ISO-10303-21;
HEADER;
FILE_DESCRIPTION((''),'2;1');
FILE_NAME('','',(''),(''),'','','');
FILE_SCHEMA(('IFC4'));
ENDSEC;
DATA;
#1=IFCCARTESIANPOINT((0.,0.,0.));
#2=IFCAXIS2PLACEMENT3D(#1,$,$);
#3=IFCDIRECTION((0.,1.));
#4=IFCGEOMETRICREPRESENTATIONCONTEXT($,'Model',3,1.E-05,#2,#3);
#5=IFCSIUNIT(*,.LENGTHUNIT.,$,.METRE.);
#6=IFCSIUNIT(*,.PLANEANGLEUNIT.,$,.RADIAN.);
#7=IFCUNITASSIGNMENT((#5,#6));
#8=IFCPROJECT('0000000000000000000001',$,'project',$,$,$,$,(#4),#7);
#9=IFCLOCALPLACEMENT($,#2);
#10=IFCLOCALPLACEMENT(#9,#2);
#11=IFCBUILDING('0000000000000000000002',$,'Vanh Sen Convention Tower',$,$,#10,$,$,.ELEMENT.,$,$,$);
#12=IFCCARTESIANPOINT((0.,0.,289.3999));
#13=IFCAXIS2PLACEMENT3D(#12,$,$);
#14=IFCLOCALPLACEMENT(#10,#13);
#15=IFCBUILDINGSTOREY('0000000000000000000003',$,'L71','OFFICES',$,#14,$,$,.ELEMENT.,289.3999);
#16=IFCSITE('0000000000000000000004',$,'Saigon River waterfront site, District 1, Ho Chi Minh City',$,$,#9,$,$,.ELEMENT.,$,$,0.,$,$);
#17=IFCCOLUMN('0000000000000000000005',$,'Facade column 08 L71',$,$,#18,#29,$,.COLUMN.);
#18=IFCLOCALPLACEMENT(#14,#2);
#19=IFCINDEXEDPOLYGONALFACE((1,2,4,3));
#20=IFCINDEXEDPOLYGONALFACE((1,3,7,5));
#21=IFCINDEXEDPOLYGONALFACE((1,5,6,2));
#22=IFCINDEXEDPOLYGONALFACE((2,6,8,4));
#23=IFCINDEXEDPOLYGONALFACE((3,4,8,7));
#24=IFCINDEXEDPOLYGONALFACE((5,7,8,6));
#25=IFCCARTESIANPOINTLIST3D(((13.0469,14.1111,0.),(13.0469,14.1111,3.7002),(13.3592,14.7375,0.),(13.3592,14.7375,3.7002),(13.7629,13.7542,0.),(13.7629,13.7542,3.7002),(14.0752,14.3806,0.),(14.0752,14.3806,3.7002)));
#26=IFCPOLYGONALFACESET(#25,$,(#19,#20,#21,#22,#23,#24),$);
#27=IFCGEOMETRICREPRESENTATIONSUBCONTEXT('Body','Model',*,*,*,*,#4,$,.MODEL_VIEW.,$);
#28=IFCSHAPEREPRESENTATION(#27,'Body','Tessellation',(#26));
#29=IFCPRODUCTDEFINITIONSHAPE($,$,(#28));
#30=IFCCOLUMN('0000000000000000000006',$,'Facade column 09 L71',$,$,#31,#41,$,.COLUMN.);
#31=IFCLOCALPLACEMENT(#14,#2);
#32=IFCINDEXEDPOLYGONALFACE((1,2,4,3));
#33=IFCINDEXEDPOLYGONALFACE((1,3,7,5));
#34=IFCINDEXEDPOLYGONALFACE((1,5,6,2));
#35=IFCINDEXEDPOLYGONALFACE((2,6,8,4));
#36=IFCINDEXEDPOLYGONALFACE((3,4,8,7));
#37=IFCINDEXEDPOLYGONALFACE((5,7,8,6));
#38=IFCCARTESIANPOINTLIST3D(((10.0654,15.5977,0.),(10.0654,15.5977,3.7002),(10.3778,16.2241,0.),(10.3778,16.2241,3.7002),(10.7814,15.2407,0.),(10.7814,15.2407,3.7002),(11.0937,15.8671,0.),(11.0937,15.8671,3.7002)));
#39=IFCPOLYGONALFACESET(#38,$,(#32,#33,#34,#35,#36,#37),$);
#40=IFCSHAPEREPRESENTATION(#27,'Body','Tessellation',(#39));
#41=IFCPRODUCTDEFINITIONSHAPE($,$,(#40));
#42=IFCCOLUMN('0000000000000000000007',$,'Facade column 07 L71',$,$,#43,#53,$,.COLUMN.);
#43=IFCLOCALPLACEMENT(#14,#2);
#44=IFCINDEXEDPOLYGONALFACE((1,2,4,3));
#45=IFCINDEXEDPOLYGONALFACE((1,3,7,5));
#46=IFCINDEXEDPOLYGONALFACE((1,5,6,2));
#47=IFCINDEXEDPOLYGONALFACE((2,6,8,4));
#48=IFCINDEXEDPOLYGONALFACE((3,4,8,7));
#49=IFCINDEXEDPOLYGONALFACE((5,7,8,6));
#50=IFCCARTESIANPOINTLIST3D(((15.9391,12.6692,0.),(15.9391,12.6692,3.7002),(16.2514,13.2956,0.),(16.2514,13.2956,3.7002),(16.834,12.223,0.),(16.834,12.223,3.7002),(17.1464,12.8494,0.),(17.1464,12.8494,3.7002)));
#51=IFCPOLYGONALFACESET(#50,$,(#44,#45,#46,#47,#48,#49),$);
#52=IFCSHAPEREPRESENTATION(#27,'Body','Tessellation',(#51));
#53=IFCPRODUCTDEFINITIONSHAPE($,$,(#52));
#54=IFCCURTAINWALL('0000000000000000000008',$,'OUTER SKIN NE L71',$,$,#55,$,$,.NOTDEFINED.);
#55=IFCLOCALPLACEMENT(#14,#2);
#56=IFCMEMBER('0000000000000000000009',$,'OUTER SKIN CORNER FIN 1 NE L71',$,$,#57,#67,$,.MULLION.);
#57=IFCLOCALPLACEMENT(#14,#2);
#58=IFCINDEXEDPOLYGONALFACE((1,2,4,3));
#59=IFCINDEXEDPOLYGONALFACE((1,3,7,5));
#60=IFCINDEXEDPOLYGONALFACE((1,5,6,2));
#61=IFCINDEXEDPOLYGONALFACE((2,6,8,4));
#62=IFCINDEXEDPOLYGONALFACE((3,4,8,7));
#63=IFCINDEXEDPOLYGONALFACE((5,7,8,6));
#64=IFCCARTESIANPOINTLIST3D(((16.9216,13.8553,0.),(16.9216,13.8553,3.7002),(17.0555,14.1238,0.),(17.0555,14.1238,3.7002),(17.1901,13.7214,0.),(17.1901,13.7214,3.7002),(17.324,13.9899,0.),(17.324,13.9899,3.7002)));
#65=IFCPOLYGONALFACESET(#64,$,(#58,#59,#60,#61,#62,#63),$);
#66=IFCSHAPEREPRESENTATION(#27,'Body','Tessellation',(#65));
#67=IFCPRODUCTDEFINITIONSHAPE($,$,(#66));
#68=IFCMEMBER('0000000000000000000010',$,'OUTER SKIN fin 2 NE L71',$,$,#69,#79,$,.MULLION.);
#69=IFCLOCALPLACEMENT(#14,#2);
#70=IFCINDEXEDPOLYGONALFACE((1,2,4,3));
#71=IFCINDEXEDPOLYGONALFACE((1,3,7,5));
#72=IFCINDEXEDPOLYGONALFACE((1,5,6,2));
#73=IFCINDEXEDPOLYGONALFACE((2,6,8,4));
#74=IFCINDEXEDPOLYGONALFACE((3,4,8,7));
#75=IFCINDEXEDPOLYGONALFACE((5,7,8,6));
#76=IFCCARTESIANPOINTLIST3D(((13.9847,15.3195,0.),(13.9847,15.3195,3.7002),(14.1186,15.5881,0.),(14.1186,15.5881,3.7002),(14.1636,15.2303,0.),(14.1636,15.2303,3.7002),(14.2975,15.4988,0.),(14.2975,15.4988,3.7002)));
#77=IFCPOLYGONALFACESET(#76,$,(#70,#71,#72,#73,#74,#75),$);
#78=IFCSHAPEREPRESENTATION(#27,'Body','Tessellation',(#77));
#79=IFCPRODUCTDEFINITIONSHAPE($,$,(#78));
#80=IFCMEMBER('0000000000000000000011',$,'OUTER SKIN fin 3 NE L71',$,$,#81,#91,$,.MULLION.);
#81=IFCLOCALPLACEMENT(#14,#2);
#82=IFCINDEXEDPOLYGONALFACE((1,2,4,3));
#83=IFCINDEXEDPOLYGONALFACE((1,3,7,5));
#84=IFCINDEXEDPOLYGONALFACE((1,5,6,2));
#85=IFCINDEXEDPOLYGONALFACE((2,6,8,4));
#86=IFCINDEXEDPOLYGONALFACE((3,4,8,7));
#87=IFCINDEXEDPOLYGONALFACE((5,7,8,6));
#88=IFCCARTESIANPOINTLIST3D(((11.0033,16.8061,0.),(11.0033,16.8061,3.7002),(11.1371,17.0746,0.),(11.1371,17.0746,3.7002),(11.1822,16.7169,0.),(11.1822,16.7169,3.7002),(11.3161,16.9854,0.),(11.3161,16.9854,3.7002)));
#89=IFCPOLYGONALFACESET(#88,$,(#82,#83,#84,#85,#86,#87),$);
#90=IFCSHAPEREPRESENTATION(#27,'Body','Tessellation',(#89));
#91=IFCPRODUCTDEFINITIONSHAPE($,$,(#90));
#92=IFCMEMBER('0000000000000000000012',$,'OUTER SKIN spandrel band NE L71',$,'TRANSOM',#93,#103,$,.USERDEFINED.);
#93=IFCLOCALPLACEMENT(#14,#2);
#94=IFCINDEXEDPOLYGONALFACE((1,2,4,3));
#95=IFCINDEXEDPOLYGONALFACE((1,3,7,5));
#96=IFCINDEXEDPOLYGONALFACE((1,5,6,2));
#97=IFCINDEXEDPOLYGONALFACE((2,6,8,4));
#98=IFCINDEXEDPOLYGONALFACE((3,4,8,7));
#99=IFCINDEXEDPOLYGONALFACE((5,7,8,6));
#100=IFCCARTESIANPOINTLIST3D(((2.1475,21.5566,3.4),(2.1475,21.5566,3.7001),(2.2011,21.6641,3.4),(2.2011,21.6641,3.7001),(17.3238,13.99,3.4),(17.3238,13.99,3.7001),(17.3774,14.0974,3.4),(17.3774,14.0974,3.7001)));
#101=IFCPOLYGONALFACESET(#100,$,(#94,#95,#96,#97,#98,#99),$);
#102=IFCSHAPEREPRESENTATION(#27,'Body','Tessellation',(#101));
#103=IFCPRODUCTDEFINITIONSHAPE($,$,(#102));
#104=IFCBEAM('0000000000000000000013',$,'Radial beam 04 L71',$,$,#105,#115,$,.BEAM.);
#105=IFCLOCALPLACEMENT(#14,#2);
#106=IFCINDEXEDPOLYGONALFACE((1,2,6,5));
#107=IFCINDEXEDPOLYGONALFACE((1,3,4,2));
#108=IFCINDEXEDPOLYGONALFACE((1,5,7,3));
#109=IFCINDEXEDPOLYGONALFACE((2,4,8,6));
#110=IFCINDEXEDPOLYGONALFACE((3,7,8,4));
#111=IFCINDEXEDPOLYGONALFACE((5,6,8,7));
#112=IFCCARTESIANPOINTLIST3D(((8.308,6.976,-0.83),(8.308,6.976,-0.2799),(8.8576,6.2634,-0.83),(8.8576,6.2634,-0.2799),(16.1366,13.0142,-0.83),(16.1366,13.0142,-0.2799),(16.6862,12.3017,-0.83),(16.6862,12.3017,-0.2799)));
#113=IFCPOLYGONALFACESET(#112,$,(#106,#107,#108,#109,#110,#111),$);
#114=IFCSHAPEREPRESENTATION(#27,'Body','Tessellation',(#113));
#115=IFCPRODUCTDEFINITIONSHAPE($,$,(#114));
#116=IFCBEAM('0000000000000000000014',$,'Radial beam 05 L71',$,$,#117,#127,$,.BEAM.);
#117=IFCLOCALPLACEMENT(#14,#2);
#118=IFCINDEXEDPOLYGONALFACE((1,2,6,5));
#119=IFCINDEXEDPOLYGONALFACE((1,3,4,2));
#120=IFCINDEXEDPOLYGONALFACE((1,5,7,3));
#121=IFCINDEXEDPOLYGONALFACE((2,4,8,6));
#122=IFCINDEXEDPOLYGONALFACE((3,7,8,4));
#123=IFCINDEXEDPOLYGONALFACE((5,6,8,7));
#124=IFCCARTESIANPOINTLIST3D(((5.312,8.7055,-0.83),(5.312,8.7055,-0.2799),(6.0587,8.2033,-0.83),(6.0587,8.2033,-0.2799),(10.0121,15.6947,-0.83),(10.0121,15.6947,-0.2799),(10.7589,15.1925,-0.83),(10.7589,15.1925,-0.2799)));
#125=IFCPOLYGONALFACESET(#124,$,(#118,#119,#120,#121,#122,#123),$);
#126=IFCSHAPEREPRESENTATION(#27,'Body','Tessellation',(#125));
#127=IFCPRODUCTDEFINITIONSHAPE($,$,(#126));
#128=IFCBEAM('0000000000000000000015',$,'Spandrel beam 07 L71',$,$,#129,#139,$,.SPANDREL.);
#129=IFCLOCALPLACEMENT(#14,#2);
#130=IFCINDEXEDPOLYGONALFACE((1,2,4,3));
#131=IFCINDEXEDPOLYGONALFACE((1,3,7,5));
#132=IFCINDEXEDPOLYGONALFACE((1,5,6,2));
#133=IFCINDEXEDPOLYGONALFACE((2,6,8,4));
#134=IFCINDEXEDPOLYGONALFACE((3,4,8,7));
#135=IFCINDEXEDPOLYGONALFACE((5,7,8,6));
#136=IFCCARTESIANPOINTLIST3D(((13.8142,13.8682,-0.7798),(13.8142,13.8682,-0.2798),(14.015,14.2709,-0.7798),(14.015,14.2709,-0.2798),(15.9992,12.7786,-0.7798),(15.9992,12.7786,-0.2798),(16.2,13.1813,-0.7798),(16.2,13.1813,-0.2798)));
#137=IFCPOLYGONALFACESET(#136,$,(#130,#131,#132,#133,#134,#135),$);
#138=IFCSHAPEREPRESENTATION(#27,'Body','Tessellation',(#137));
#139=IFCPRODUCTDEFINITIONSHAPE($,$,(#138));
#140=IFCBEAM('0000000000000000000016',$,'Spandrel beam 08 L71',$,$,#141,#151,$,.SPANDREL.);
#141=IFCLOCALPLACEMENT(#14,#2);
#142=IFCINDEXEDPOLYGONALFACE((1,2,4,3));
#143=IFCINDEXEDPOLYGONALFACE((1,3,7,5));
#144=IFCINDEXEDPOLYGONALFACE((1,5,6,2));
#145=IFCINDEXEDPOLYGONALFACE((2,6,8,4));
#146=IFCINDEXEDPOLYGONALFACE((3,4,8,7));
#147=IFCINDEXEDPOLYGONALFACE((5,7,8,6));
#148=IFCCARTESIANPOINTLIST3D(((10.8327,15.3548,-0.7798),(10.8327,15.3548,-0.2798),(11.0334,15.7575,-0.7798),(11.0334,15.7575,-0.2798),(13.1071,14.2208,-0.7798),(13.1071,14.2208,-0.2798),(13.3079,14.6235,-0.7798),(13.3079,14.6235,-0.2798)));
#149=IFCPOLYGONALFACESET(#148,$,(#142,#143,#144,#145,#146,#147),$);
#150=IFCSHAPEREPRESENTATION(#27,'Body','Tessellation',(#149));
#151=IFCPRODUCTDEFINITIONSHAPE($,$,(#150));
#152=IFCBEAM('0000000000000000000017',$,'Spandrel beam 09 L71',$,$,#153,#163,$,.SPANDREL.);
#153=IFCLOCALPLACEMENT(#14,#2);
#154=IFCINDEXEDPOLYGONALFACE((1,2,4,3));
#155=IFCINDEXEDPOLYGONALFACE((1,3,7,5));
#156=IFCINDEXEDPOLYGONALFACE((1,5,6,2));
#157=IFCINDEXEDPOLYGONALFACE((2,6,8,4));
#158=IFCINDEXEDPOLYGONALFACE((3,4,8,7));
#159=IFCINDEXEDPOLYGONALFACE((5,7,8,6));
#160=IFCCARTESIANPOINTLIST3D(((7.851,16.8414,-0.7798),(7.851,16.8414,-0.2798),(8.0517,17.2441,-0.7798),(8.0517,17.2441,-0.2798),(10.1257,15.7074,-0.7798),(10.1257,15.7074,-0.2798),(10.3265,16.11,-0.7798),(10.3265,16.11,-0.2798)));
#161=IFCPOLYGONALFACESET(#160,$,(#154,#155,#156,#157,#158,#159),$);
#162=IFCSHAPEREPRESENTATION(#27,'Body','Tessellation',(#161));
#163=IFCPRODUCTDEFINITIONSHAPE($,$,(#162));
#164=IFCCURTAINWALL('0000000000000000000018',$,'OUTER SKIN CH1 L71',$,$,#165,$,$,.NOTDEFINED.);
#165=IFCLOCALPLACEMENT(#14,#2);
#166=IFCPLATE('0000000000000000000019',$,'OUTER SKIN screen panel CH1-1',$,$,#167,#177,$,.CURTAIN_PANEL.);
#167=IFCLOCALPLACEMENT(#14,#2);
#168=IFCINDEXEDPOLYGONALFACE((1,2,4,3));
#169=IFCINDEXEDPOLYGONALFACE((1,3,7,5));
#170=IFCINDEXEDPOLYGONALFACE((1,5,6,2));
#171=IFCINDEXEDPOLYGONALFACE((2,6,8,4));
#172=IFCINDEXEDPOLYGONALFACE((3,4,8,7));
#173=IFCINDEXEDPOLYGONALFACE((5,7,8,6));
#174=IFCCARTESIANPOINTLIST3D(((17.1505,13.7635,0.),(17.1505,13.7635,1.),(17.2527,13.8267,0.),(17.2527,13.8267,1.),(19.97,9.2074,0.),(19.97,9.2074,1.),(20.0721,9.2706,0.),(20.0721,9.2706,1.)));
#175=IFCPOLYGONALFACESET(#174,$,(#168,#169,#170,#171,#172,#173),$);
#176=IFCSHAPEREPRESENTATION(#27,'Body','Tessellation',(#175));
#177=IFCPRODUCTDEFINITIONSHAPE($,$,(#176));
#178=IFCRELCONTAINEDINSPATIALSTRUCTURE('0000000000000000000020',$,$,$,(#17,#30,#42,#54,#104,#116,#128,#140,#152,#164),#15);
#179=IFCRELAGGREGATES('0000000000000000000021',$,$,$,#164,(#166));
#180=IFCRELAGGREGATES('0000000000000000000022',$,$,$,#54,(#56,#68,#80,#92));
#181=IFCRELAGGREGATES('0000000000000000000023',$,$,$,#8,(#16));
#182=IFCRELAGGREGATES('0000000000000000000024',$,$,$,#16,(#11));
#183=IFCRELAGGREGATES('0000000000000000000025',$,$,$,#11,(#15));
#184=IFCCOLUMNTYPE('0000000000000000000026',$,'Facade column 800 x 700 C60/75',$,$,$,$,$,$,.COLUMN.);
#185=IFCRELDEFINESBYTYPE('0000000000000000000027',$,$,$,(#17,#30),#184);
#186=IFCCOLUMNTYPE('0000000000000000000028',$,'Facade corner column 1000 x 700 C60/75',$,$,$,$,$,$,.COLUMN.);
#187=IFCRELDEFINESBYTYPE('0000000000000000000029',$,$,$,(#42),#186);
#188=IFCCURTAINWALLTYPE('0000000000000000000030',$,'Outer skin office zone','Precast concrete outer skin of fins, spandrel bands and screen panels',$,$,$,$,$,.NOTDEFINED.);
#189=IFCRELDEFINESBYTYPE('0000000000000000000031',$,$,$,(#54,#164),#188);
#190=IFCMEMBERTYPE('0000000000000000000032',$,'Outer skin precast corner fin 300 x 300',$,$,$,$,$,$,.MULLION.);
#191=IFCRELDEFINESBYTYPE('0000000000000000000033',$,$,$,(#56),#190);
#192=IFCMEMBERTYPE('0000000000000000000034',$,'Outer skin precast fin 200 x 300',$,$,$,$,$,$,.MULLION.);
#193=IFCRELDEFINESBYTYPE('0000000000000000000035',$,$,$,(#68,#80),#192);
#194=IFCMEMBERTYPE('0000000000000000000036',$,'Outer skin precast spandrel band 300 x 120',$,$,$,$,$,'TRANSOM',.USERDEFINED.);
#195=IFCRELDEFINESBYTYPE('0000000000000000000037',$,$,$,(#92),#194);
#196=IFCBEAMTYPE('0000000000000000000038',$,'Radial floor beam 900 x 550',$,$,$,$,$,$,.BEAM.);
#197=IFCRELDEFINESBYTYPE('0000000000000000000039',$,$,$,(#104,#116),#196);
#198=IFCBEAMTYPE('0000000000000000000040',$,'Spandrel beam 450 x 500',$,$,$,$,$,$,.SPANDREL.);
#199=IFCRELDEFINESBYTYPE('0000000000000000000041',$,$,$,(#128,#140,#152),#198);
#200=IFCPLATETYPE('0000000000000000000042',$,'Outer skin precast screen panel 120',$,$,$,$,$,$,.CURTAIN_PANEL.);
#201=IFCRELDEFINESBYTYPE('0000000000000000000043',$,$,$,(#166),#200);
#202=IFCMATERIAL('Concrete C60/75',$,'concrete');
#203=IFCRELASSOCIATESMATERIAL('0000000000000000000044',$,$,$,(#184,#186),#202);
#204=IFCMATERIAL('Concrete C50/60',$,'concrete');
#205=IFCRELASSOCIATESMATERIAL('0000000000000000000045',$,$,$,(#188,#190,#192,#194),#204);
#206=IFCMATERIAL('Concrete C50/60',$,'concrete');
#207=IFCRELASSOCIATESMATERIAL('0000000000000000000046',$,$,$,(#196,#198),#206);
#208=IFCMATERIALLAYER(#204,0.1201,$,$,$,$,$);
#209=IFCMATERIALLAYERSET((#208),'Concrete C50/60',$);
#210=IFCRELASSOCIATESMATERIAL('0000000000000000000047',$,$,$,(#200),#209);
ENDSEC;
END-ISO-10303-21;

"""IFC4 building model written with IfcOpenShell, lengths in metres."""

from ifc_helpers import new_model, si_unit, direction, frame, origin, origin_2d, place, context, subcontext, project, spatial, rectangle, extrude, material, layer, layer_set, material_profile, profile_set, type_object, element, aggregate, save


model = new_model("IFC4")

# Units and contexts
model_context = context("Model", 3, precision=1e-05, world=origin(), true_north=direction((0.0, 1.0)))
body_context = subcontext(model_context, "Body", "Model", "MODEL_VIEW")
ifc_project = project(units=[si_unit("LENGTHUNIT", "METRE"), si_unit("PLANEANGLEUNIT", "RADIAN")], contexts=[model_context])

# Site, building, storey
site_placement = place(None, origin())
site = spatial("IfcSite", under=ifc_project, at=site_placement, Name="Saigon River waterfront site, District 1, Ho Chi Minh City", CompositionType="ELEMENT", RefElevation=0.0)
building_placement = place(site_placement, origin())
building = spatial("IfcBuilding", under=site, at=building_placement, Name="Vanh Sen Convention Tower", CompositionType="ELEMENT")
storey_placement = place(building_placement, frame((0.0, 0.0, 289.3999)))
storey = spatial("IfcBuildingStorey", under=building, at=storey_placement, Name="L71", Description="OFFICES", CompositionType="ELEMENT", Elevation=289.3999)

# Columns
ifc_material_1 = material(Name="Concrete C60/75", Category="concrete")
ifc_material_profile_1 = material_profile(ifc_material_1, rectangle(XDim=0.8, YDim=0.7, at=origin_2d()), Name="RC 800X700")
ifc_profile_set_1 = profile_set([ifc_material_profile_1], Name="Concrete C60/75")
column_type_1 = type_object("IfcColumnType", Name="Facade column 800 x 700 C60/75", PredefinedType="COLUMN", material=ifc_profile_set_1)
for number, where, z_axis, x_axis, name in (
    (1, (13.561, 14.2458, 0.0), (0.0, 0.0, 1.0), (-0.894934, 0.446198, 0.0), "Facade column 08 L71"),
    (2, (10.5796, 15.7324, 0.0), (0.0, 0.0, 1.0), (-0.894934, 0.446198, 0.0), "Facade column 09 L71"),
):
    element("IfcColumn", number, at=place(storey_placement, frame(where, z_axis=z_axis, x_axis=x_axis)), inside=storey, type_object=column_type_1, Name=name, PredefinedType="COLUMN", context=body_context, shape_type="SweptSolid", body=[
        extrude(rectangle(XDim=0.8, YDim=0.7, at=origin_2d()), origin(), (0.0, 0.0, 1.0), 3.7002),
    ])
ifc_material_profile_2 = material_profile(ifc_material_1, rectangle(XDim=1.0, YDim=0.7, at=origin_2d()), Name="RC 1000X700")
ifc_profile_set_2 = profile_set([ifc_material_profile_2], Name="Concrete C60/75")
column_type_2 = type_object("IfcColumnType", Name="Facade corner column 1000 x 700 C60/75", PredefinedType="COLUMN", material=ifc_profile_set_2)
column_placement = place(storey_placement, frame((16.5427, 12.7593, 0.0), z_axis=(0.0, 0.0, 1.0), x_axis=(-0.894934, 0.446198, 0.0)))
element("IfcColumn", 3, at=column_placement, inside=storey, type_object=column_type_2, Name="Facade column 07 L71", PredefinedType="COLUMN", context=body_context, shape_type="SweptSolid", body=[
    extrude(rectangle(XDim=1.0, YDim=0.7, at=origin_2d()), origin(), (0.0, 0.0, 1.0), 3.7002),
])

# Curtain wall, members
ifc_material_2 = material(Name="Concrete C50/60", Category="concrete")
curtain_wall_type = type_object("IfcCurtainWallType", Name="Outer skin office zone", Description="Precast concrete outer skin of fins, spandrel bands and screen panels", PredefinedType="NOTDEFINED", material=ifc_material_2)
curtain_wall_1_placement = place(storey_placement, origin())
curtain_wall_1 = element("IfcCurtainWall", 4, at=curtain_wall_1_placement, inside=storey, type_object=curtain_wall_type, Name="OUTER SKIN NE L71", PredefinedType="NOTDEFINED")
ifc_material_profile_3 = material_profile(ifc_material_2, rectangle(XDim=0.3, YDim=0.3, at=origin_2d()), Name="Outer skin precast corner fin 300 x 300")
ifc_profile_set_3 = profile_set([ifc_material_profile_3], Name="Concrete C50/60")
member_type_1 = type_object("IfcMemberType", Name="Outer skin precast corner fin 300 x 300", PredefinedType="MULLION", material=ifc_profile_set_3)
member_1_placement = place(storey_placement, frame((17.1228, 13.9226, 0.0), z_axis=(0.0, 0.0, 1.0), x_axis=(-0.894934, 0.446198, 0.0)))
member_1 = element("IfcMember", 5, at=member_1_placement, type_object=member_type_1, Name="OUTER SKIN CORNER FIN 1 NE L71", PredefinedType="MULLION", context=body_context, shape_type="SweptSolid", body=[
    extrude(rectangle(XDim=0.3, YDim=0.3, at=origin_2d()), origin(), (0.0, 0.0, 1.0), 3.7002),
])
ifc_material_profile_4 = material_profile(ifc_material_2, rectangle(XDim=0.2, YDim=0.3, at=origin_2d()), Name="Outer skin precast fin 200 x 300")
ifc_profile_set_4 = profile_set([ifc_material_profile_4], Name="Concrete C50/60")
member_type_2 = type_object("IfcMemberType", Name="Outer skin precast fin 200 x 300", PredefinedType="MULLION", material=ifc_profile_set_4)
member_2_placement = place(storey_placement, frame((14.1411, 15.4092, 0.0), z_axis=(0.0, 0.0, 1.0), x_axis=(-0.894934, 0.446198, 0.0)))
member_2 = element("IfcMember", 6, at=member_2_placement, type_object=member_type_2, Name="OUTER SKIN fin 2 NE L71", PredefinedType="MULLION", context=body_context, shape_type="SweptSolid", body=[
    extrude(rectangle(XDim=0.2, YDim=0.3, at=origin_2d()), origin(), (0.0, 0.0, 1.0), 3.7002),
])
member_3_placement = place(storey_placement, frame((11.1597, 16.8958, 0.0), z_axis=(0.0, 0.0, 1.0), x_axis=(-0.894934, 0.446198, 0.0)))
member_3 = element("IfcMember", 7, at=member_3_placement, type_object=member_type_2, Name="OUTER SKIN fin 3 NE L71", PredefinedType="MULLION", context=body_context, shape_type="SweptSolid", body=[
    extrude(rectangle(XDim=0.2, YDim=0.3, at=origin_2d()), origin(), (0.0, 0.0, 1.0), 3.7002),
])
ifc_material_profile_5 = material_profile(ifc_material_2, rectangle(XDim=0.1201, YDim=0.3, at=origin_2d()), Name="Outer skin precast spandrel band 300 x 120")
ifc_profile_set_5 = profile_set([ifc_material_profile_5], Name="Concrete C50/60")
member_type_3 = type_object("IfcMemberType", Name="Outer skin precast spandrel band 300 x 120", ElementType="TRANSOM", PredefinedType="USERDEFINED", material=ifc_profile_set_5)
member_4_placement = place(storey_placement, frame((17.3506, 14.0437, 3.55), z_axis=(-0.894933, 0.4462, 0.0), x_axis=(-0.4462, -0.894933, 0.0)))
member_4 = element("IfcMember", 8, at=member_4_placement, type_object=member_type_3, Name="OUTER SKIN spandrel band NE L71", ObjectType="TRANSOM", PredefinedType="USERDEFINED", context=body_context, shape_type="SweptSolid", body=[
    extrude(rectangle(XDim=0.1201, YDim=0.3, at=origin_2d()), origin(), (0.0, 0.0, 1.0), 16.958),
])

# Beams
ifc_material_3 = material(Name="Concrete C50/60", Category="concrete")
ifc_material_profile_6 = material_profile(ifc_material_3, rectangle(XDim=0.8999, YDim=0.55, at=origin_2d()), Name="RC 900X550")
ifc_profile_set_6 = profile_set([ifc_material_profile_6], Name="Concrete C50/60")
beam_type_1 = type_object("IfcBeamType", Name="Radial floor beam 900 x 550", PredefinedType="BEAM", material=ifc_profile_set_6)
beam_1_placement = place(storey_placement, frame((16.4114, 12.658, -0.5549), z_axis=(-0.791826, -0.610747, 0.0), x_axis=(0.610747, -0.791826, 0.0)))
element("IfcBeam", 9, at=beam_1_placement, inside=storey, type_object=beam_type_1, Name="Radial beam 04 L71", PredefinedType="BEAM", context=body_context, shape_type="SweptSolid", body=[
    extrude(rectangle(XDim=0.8999, YDim=0.55, at=origin_2d()), origin(), (0.0, 0.0, 1.0), 9.8867),
])
beam_2_placement = place(storey_placement, frame((10.3855, 15.4436, -0.5549), z_axis=(-0.55804, -0.829814, 0.0), x_axis=(0.829814, -0.55804, 0.0)))
element("IfcBeam", 10, at=beam_2_placement, inside=storey, type_object=beam_type_1, Name="Radial beam 05 L71", PredefinedType="BEAM", context=body_context, shape_type="SweptSolid", body=[
    extrude(rectangle(XDim=0.8999, YDim=0.55, at=origin_2d()), origin(), (0.0, 0.0, 1.0), 8.4226),
])
ifc_material_profile_7 = material_profile(ifc_material_3, rectangle(XDim=0.45, YDim=0.5, at=origin_2d()), Name="RC 450X500")
ifc_profile_set_7 = profile_set([ifc_material_profile_7], Name="Concrete C50/60")
beam_type_2 = type_object("IfcBeamType", Name="Spandrel beam 450 x 500", PredefinedType="SPANDREL", material=ifc_profile_set_7)
beam_3_placement = place(storey_placement, frame((16.0996, 12.98, -0.5298), z_axis=(-0.894907, 0.446253, 0.0), x_axis=(-0.446253, -0.894907, 0.0)))
element("IfcBeam", 11, at=beam_3_placement, inside=storey, type_object=beam_type_2, Name="Spandrel beam 07 L71", PredefinedType="SPANDREL", context=body_context, shape_type="SweptSolid", body=[
    extrude(rectangle(XDim=0.45, YDim=0.5, at=origin_2d()), origin(), (0.0, 0.0, 1.0), 2.4417),
])
beam_4_placement = place(storey_placement, frame((13.2075, 14.4221, -0.5298), z_axis=(-0.894926, 0.446214, 0.0), x_axis=(-0.446214, -0.894926, 0.0)))
element("IfcBeam", 12, at=beam_4_placement, inside=storey, type_object=beam_type_2, Name="Spandrel beam 08 L71", PredefinedType="SPANDREL", context=body_context, shape_type="SweptSolid", body=[
    extrude(rectangle(XDim=0.45, YDim=0.5, at=origin_2d()), origin(), (0.0, 0.0, 1.0), 2.5415),
])
beam_5_placement = place(storey_placement, frame((10.2261, 15.9087, -0.5298), z_axis=(-0.894945, 0.446176, 0.0), x_axis=(-0.446176, -0.894945, 0.0)))
element("IfcBeam", 13, at=beam_5_placement, inside=storey, type_object=beam_type_2, Name="Spandrel beam 09 L71", PredefinedType="SPANDREL", context=body_context, shape_type="SweptSolid", body=[
    extrude(rectangle(XDim=0.45, YDim=0.5, at=origin_2d()), origin(), (0.0, 0.0, 1.0), 2.5417),
])

# Curtain wall, plate
curtain_wall_2_placement = place(storey_placement, origin())
curtain_wall_2 = element("IfcCurtainWall", 14, at=curtain_wall_2_placement, inside=storey, type_object=curtain_wall_type, Name="OUTER SKIN CH1 L71", PredefinedType="NOTDEFINED")
ifc_layer_1 = layer(ifc_material_2, 0.1201)
ifc_layer_set_1 = layer_set([ifc_layer_1], Name="Concrete C50/60")
plate_type = type_object("IfcPlateType", Name="Outer skin precast screen panel 120", PredefinedType="CURTAIN_PANEL", material=ifc_layer_set_1)
plate_1_placement = place(storey_placement, frame((18.6113, 11.5171, 0.0), z_axis=(0.0, 0.0, 1.0), x_axis=(-0.526218, 0.850349, 0.0)))
plate_1 = element("IfcPlate", 15, at=plate_1_placement, type_object=plate_type, Name="OUTER SKIN screen panel CH1-1", PredefinedType="CURTAIN_PANEL", context=body_context, shape_type="SweptSolid", body=[
    extrude(rectangle(XDim=5.3579, YDim=0.1201, at=origin_2d()), origin(), (0.0, 0.0, 1.0), 1.0),
])
aggregate(curtain_wall_2, [plate_1])

aggregate(curtain_wall_1, [member_1, member_2, member_3, member_4])

save(model, "model.ifc")
